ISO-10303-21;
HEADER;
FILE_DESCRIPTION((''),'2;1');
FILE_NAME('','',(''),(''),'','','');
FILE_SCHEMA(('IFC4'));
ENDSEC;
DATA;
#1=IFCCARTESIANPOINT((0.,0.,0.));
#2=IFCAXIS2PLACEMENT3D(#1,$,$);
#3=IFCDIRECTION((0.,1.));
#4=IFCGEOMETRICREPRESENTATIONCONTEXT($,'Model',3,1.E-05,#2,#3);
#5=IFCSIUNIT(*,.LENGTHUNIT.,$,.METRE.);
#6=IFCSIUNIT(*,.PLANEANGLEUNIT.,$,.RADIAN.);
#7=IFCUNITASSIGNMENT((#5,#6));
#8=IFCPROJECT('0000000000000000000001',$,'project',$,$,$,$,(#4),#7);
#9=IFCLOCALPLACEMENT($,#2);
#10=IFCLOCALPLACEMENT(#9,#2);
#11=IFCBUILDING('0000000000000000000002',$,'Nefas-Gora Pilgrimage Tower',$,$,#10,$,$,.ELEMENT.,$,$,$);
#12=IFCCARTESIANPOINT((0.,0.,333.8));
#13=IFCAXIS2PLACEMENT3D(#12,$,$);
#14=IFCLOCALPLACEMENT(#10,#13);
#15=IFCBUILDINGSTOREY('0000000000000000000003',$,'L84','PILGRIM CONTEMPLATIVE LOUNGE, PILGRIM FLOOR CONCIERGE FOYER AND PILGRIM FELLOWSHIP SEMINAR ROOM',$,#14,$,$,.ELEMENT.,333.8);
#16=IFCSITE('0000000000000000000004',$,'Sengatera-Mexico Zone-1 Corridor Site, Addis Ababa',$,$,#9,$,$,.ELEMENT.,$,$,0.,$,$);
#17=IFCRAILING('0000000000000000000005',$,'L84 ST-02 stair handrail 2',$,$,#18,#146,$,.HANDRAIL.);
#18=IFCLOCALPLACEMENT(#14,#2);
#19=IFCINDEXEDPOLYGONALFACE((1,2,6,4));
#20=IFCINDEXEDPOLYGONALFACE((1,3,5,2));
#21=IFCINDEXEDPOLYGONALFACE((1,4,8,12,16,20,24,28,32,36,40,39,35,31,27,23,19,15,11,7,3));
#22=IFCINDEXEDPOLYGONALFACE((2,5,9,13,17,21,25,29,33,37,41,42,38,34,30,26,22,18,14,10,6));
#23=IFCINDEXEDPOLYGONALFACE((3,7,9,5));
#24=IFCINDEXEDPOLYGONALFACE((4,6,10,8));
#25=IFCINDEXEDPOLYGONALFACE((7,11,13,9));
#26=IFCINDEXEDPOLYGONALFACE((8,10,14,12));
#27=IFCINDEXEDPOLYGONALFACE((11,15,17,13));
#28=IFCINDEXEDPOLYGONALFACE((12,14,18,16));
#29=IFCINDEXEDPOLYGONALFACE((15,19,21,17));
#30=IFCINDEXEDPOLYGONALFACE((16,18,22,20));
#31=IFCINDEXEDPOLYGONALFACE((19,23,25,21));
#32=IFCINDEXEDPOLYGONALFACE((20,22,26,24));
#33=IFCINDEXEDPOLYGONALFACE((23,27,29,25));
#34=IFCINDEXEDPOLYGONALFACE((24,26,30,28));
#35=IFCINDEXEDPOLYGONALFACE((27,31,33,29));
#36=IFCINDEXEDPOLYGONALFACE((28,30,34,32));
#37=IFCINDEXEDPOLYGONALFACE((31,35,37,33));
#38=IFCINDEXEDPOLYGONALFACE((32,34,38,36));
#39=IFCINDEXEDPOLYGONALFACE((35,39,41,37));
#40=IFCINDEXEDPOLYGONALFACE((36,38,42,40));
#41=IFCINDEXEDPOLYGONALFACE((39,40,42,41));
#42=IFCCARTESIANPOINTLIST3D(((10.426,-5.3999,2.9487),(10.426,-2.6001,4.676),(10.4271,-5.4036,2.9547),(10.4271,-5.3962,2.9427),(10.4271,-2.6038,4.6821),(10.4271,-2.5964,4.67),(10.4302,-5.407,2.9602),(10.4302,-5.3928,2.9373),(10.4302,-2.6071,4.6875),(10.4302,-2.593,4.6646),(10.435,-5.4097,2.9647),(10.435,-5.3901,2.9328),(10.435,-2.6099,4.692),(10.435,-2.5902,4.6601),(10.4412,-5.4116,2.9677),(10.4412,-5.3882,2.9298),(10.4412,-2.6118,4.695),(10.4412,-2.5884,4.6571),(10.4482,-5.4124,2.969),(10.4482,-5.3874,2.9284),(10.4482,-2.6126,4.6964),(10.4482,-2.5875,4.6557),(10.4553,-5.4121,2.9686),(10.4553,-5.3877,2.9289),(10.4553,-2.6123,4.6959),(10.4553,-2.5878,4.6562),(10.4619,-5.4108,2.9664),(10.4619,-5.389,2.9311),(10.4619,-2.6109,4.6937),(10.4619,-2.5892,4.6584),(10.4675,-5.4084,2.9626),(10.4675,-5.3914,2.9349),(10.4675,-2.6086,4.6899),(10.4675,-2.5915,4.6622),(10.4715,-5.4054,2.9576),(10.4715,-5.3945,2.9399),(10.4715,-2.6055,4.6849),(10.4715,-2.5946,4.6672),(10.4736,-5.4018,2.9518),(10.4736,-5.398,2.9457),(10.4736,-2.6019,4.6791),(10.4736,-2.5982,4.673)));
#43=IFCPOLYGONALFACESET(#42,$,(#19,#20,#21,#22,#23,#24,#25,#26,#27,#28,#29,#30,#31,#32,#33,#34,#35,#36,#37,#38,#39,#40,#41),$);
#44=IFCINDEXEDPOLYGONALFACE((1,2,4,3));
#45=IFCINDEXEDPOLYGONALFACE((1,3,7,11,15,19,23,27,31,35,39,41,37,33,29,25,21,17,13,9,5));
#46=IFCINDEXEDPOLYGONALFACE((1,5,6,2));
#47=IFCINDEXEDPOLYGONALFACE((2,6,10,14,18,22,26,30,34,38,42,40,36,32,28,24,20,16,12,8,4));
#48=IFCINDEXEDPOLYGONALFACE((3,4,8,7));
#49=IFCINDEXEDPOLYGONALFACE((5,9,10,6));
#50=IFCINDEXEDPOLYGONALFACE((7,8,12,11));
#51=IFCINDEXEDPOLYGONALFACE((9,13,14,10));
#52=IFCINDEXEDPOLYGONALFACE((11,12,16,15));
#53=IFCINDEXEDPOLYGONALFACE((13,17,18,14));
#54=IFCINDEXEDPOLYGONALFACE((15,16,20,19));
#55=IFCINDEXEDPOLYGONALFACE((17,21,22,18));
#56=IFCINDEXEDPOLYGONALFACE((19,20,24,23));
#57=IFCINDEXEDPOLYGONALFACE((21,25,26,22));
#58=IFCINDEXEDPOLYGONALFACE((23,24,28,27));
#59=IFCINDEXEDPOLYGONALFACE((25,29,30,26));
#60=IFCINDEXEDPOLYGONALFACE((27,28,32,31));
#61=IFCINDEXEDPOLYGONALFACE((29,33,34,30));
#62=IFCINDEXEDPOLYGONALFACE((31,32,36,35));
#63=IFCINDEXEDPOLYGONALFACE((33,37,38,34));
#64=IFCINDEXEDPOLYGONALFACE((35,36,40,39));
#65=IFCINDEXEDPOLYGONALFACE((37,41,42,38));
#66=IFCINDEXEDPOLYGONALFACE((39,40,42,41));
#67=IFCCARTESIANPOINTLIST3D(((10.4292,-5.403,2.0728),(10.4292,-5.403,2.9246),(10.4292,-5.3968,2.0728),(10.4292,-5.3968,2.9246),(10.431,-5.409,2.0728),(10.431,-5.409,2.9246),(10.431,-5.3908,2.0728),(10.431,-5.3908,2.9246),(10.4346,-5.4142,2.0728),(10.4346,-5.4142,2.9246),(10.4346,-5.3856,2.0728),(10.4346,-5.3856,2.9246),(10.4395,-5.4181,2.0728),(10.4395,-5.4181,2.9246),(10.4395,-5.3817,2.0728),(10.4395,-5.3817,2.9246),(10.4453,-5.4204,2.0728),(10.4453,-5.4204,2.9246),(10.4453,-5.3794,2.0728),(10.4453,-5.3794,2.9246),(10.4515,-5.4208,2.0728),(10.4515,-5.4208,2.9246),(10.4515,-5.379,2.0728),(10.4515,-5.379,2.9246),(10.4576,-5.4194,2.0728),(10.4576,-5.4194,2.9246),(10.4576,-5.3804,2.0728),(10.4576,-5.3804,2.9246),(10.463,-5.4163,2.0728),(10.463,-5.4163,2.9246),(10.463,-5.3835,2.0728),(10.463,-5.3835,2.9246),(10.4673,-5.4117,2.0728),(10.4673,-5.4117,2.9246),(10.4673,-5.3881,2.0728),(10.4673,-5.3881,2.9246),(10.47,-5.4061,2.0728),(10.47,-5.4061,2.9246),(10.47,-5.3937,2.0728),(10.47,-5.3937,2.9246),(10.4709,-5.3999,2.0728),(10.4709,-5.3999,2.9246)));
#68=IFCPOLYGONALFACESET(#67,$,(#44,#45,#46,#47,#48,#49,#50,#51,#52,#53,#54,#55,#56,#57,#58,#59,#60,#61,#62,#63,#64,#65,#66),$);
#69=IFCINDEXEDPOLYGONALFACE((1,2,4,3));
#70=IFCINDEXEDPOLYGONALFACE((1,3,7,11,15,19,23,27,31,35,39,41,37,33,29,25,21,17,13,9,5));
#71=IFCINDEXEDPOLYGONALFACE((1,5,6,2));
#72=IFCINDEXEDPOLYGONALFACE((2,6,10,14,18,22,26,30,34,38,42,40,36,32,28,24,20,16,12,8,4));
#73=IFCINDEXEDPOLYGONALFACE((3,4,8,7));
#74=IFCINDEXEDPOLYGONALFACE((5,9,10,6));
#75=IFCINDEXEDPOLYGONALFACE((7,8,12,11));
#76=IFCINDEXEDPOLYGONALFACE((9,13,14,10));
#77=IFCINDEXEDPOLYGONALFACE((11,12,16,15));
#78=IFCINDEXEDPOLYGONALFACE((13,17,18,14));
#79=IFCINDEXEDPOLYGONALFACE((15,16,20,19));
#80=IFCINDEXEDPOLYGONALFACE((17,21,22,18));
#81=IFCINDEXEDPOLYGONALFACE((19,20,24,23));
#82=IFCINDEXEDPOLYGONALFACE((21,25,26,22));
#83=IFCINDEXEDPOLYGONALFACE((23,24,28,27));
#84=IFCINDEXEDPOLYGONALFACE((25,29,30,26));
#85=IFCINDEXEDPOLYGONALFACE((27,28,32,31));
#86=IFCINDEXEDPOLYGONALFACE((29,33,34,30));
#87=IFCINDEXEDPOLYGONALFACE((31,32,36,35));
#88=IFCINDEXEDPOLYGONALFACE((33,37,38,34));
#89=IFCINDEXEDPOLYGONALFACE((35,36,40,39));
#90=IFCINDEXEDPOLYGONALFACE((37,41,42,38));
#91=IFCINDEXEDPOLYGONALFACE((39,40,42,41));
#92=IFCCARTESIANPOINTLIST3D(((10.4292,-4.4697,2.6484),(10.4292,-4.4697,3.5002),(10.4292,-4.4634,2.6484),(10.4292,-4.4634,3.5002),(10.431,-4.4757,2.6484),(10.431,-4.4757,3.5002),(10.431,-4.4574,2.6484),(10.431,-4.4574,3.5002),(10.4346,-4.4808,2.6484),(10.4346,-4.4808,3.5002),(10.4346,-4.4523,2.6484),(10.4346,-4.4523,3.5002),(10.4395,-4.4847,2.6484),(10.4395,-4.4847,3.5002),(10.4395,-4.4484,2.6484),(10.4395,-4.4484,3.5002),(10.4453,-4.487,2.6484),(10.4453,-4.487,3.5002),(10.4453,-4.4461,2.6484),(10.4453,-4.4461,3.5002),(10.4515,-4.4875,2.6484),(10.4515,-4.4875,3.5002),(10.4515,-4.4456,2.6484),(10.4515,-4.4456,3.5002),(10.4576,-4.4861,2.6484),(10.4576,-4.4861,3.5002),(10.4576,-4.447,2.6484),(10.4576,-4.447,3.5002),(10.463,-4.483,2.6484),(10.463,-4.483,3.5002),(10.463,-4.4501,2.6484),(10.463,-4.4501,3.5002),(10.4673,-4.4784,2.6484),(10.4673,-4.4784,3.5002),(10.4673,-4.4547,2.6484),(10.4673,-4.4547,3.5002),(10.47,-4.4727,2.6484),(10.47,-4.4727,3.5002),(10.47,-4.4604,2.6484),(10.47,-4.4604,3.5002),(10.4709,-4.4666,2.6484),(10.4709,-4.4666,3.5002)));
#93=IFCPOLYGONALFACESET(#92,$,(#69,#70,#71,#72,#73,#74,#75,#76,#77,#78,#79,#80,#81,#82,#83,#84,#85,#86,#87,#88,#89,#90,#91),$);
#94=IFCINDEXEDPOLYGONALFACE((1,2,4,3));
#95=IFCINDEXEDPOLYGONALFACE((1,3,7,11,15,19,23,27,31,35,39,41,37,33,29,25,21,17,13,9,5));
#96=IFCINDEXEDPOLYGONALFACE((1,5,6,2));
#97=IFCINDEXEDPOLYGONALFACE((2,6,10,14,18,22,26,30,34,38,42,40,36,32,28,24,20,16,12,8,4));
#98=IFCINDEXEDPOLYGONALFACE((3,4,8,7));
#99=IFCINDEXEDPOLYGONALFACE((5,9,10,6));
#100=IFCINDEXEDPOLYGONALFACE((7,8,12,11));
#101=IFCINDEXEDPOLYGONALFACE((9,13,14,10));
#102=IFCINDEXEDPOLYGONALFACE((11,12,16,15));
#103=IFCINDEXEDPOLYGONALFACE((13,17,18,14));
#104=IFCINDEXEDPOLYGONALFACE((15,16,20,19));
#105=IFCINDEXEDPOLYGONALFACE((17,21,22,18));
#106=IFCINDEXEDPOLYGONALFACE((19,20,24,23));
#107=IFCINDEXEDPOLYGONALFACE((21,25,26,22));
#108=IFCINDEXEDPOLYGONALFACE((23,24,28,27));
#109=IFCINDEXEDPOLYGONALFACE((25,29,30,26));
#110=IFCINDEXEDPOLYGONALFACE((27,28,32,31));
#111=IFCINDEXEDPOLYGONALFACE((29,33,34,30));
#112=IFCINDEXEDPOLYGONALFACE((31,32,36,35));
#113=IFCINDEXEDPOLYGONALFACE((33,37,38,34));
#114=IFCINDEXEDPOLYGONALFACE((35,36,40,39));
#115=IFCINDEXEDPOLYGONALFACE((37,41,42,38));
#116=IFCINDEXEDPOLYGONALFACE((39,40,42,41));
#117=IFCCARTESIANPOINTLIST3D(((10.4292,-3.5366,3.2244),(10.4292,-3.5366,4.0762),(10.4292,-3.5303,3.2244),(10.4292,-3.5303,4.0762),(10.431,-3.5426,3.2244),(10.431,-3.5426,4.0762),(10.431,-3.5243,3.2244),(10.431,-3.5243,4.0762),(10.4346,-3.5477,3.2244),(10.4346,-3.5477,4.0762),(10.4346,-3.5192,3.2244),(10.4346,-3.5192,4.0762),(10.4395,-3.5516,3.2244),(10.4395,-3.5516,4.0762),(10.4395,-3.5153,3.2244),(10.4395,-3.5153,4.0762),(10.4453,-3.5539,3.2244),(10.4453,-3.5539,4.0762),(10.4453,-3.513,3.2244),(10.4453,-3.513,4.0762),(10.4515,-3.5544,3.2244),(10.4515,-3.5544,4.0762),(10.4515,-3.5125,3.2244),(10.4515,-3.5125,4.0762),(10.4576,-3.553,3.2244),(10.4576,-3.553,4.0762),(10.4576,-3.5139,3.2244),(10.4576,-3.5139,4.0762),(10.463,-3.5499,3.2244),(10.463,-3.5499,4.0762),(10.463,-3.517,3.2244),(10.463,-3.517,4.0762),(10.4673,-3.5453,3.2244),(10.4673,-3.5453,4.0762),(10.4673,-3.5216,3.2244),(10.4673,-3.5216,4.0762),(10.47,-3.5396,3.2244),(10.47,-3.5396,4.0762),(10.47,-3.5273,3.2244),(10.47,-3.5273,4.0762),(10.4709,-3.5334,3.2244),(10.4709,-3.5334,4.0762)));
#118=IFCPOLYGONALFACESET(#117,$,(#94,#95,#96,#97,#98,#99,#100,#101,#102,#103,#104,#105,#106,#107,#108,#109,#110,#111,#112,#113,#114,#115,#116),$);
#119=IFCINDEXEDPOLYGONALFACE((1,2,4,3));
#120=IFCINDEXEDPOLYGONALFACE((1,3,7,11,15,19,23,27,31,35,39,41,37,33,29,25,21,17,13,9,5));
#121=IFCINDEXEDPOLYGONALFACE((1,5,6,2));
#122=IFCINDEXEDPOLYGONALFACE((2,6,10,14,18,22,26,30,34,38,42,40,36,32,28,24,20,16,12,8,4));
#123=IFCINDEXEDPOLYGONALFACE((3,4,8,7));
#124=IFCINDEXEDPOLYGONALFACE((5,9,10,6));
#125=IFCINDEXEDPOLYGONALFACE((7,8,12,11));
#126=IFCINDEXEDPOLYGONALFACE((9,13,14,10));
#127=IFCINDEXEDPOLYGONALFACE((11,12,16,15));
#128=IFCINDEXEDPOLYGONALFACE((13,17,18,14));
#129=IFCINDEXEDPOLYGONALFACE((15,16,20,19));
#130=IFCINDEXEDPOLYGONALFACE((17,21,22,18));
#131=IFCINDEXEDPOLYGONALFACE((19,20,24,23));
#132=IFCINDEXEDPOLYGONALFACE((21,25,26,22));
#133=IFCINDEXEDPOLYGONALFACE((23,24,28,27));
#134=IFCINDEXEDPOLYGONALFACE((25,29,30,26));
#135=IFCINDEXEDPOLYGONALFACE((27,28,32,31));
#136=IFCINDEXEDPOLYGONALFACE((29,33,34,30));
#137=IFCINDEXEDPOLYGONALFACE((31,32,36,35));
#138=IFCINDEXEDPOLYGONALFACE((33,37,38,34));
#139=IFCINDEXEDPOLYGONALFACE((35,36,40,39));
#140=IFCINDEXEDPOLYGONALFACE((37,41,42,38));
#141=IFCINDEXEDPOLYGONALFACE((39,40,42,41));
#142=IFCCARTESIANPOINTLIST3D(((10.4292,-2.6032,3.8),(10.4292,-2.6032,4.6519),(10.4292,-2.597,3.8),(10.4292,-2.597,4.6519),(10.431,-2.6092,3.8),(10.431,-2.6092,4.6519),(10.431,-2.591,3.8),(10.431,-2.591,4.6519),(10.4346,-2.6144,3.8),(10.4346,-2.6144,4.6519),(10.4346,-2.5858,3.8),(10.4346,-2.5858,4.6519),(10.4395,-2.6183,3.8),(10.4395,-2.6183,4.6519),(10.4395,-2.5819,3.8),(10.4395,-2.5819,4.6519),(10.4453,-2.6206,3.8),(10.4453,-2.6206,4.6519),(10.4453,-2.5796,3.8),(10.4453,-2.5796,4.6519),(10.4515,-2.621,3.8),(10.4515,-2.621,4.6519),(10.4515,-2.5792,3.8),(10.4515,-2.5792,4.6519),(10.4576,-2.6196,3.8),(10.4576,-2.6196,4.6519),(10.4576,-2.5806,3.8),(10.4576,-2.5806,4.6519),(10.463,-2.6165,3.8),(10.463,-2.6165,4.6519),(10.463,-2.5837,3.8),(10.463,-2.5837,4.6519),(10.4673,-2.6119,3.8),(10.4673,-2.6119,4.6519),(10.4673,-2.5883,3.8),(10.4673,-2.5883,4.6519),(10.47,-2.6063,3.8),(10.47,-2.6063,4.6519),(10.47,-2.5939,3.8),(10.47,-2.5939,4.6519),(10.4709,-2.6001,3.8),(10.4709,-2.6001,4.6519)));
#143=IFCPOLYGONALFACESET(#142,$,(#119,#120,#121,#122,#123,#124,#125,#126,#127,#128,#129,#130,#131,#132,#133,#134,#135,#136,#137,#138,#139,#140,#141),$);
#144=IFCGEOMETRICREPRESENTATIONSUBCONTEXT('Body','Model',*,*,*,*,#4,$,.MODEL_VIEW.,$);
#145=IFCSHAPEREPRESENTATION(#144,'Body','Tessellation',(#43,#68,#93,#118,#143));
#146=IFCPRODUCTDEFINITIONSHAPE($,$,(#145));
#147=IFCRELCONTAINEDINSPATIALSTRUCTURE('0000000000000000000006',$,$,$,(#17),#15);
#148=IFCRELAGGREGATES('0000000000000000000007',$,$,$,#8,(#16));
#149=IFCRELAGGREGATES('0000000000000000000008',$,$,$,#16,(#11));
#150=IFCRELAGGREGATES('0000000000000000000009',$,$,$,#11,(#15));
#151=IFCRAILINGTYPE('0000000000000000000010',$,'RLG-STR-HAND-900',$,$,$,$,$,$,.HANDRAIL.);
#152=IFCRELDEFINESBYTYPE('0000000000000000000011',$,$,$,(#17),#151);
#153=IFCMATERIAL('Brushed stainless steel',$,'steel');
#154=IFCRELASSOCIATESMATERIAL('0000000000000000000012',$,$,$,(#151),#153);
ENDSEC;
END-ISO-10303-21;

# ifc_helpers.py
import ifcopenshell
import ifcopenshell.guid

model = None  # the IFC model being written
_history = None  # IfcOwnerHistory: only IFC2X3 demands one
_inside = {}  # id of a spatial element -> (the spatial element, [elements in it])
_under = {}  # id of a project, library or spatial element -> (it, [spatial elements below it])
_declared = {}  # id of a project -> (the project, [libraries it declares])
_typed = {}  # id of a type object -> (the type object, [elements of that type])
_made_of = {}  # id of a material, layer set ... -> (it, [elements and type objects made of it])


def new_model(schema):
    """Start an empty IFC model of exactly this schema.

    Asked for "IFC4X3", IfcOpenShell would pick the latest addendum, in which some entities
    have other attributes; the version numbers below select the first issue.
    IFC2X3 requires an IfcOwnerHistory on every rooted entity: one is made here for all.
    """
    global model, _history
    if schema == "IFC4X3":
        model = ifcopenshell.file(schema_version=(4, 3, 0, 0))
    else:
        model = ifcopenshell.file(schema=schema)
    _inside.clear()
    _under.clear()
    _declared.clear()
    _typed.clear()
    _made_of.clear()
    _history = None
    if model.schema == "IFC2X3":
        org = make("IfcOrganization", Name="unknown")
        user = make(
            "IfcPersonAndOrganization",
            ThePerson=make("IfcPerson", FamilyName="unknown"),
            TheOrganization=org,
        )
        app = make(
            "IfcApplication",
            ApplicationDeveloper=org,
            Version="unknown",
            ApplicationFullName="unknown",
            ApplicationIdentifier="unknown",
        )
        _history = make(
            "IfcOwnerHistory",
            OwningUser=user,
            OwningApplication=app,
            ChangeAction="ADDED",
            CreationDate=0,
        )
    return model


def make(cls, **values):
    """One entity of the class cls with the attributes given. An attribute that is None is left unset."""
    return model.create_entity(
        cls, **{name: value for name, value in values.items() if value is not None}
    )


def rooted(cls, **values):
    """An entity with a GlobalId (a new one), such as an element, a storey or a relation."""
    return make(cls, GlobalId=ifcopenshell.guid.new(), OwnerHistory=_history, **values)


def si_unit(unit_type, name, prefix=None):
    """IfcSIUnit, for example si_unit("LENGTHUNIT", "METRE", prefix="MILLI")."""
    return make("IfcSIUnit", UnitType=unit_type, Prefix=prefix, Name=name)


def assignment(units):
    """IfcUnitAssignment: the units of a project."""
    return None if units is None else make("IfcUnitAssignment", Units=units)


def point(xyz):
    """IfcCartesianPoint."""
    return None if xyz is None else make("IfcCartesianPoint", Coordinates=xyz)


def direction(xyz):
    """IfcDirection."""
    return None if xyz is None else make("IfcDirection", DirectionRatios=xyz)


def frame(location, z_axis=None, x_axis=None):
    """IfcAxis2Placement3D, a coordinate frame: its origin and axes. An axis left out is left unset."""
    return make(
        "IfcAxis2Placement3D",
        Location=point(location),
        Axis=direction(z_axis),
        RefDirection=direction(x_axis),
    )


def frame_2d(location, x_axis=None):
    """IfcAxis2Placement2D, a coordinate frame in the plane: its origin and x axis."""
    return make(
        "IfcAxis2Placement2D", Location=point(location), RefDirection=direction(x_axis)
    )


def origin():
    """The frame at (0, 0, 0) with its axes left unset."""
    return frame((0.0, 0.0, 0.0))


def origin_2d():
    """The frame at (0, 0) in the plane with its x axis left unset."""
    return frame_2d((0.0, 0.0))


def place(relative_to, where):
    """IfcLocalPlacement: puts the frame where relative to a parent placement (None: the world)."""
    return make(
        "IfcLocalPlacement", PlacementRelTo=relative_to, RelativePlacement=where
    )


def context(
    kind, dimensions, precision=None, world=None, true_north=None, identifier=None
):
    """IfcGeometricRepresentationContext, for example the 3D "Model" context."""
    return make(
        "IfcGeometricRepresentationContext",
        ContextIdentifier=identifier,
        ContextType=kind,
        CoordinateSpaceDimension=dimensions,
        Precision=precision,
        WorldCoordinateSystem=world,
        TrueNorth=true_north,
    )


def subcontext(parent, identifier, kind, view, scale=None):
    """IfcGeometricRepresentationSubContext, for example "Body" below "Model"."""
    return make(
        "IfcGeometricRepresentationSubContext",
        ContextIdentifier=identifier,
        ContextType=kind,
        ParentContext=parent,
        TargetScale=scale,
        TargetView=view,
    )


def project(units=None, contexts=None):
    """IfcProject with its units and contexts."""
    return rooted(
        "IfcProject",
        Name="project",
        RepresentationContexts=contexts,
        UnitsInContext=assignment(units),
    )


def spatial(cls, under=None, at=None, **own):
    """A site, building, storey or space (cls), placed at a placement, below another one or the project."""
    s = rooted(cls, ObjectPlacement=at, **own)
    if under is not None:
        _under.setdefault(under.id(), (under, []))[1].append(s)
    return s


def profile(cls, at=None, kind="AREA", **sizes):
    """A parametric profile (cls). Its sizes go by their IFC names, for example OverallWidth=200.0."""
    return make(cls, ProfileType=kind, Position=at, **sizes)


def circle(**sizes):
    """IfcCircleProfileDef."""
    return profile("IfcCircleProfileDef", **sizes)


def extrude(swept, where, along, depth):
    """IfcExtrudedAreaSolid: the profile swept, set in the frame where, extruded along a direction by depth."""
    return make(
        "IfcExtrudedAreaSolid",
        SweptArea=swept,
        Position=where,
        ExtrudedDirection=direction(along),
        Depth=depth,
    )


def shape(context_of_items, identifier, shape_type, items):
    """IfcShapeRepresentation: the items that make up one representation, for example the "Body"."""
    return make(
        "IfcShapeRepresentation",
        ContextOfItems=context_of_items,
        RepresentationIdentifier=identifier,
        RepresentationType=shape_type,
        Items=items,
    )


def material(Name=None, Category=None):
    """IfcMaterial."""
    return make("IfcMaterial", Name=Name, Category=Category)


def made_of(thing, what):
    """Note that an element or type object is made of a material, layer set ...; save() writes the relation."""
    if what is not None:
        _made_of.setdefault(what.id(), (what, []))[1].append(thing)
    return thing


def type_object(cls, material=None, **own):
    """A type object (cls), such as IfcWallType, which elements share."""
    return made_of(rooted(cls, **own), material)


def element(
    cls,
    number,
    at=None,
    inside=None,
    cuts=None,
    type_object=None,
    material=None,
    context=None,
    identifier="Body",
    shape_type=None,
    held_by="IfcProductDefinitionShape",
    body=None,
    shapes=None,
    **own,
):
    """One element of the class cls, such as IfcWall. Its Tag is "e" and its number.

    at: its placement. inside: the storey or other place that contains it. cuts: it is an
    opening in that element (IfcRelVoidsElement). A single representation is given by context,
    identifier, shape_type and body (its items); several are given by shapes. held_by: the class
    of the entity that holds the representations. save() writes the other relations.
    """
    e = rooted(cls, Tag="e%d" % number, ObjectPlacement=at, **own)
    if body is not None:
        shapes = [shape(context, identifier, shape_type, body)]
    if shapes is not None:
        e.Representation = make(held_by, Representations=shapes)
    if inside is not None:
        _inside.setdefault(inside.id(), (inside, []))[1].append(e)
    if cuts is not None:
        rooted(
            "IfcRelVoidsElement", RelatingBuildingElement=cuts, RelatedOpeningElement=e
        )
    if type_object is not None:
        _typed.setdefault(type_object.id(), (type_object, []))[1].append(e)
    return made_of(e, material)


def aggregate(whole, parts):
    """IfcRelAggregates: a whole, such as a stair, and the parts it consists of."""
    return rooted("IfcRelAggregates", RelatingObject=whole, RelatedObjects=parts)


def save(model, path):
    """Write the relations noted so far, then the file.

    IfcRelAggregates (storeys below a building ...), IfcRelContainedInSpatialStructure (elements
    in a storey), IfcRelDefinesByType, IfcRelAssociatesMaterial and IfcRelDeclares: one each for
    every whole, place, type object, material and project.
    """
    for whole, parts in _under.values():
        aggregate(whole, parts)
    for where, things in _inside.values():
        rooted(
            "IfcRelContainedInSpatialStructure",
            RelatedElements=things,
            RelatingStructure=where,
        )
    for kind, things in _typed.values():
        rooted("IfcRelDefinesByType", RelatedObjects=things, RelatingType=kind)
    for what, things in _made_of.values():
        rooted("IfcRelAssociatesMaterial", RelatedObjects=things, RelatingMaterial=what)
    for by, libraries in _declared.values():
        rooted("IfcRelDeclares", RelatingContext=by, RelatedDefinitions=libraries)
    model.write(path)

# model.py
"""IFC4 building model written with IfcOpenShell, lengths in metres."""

from ifc_helpers import new_model, si_unit, direction, frame, origin, origin_2d, place, context, subcontext, project, spatial, circle, extrude, material, type_object, element, save


model = new_model("IFC4")

# Units and contexts
model_context = context("Model", 3, precision=1e-05, world=origin(), true_north=direction((0.0, 1.0)))
body_context = subcontext(model_context, "Body", "Model", "MODEL_VIEW")
ifc_project = project(units=[si_unit("LENGTHUNIT", "METRE"), si_unit("PLANEANGLEUNIT", "RADIAN")], contexts=[model_context])

# Site, building, storey
site_placement = place(None, origin())
site = spatial("IfcSite", under=ifc_project, at=site_placement, Name="Sengatera-Mexico Zone-1 Corridor Site, Addis Ababa", CompositionType="ELEMENT", RefElevation=0.0)
building_placement = place(site_placement, origin())
building = spatial("IfcBuilding", under=site, at=building_placement, Name="Nefas-Gora Pilgrimage Tower", CompositionType="ELEMENT")
storey_placement = place(building_placement, frame((0.0, 0.0, 333.8)))
storey = spatial("IfcBuildingStorey", under=building, at=storey_placement, Name="L84", Description="PILGRIM CONTEMPLATIVE LOUNGE, PILGRIM FLOOR CONCIERGE FOYER AND PILGRIM FELLOWSHIP SEMINAR ROOM", CompositionType="ELEMENT", Elevation=333.8)

# Railing
ifc_material_1 = material(Name="Brushed stainless steel", Category="steel")
railing_type_1 = type_object("IfcRailingType", Name="RLG-STR-HAND-900", PredefinedType="HANDRAIL", material=ifc_material_1)
railing_1_placement = place(storey_placement, frame((10.45, -5.3999, 2.0728)))
element("IfcRailing", 1, at=railing_1_placement, inside=storey, type_object=railing_type_1, Name="L84 ST-02 stair handrail 2", PredefinedType="HANDRAIL", context=body_context, shape_type="SweptSolid", body=[
    extrude(circle(Radius=0.0239, at=origin_2d()), frame((0.0, 0.0, 0.876), z_axis=(0.0, 0.851069, 0.525054), x_axis=(-1.0, 0.0, 0.0)), (0.0, 0.0, 1.0), 3.2898),
    extrude(circle(Radius=0.021, at=origin_2d()), origin(), (0.0, 0.0, 1.0), 0.8518),
    extrude(circle(Radius=0.021, at=origin_2d()), frame((0.0, 0.9333, 0.5757)), (0.0, 0.0, 1.0), 0.8518),
    extrude(circle(Radius=0.021, at=origin_2d()), frame((0.0, 1.8665, 1.1516)), (0.0, 0.0, 1.0), 0.8518),
    extrude(circle(Radius=0.021, at=origin_2d()), frame((0.0, 2.7998, 1.7273)), (0.0, 0.0, 1.0), 0.8518),
])

save(model, "model.ifc")
